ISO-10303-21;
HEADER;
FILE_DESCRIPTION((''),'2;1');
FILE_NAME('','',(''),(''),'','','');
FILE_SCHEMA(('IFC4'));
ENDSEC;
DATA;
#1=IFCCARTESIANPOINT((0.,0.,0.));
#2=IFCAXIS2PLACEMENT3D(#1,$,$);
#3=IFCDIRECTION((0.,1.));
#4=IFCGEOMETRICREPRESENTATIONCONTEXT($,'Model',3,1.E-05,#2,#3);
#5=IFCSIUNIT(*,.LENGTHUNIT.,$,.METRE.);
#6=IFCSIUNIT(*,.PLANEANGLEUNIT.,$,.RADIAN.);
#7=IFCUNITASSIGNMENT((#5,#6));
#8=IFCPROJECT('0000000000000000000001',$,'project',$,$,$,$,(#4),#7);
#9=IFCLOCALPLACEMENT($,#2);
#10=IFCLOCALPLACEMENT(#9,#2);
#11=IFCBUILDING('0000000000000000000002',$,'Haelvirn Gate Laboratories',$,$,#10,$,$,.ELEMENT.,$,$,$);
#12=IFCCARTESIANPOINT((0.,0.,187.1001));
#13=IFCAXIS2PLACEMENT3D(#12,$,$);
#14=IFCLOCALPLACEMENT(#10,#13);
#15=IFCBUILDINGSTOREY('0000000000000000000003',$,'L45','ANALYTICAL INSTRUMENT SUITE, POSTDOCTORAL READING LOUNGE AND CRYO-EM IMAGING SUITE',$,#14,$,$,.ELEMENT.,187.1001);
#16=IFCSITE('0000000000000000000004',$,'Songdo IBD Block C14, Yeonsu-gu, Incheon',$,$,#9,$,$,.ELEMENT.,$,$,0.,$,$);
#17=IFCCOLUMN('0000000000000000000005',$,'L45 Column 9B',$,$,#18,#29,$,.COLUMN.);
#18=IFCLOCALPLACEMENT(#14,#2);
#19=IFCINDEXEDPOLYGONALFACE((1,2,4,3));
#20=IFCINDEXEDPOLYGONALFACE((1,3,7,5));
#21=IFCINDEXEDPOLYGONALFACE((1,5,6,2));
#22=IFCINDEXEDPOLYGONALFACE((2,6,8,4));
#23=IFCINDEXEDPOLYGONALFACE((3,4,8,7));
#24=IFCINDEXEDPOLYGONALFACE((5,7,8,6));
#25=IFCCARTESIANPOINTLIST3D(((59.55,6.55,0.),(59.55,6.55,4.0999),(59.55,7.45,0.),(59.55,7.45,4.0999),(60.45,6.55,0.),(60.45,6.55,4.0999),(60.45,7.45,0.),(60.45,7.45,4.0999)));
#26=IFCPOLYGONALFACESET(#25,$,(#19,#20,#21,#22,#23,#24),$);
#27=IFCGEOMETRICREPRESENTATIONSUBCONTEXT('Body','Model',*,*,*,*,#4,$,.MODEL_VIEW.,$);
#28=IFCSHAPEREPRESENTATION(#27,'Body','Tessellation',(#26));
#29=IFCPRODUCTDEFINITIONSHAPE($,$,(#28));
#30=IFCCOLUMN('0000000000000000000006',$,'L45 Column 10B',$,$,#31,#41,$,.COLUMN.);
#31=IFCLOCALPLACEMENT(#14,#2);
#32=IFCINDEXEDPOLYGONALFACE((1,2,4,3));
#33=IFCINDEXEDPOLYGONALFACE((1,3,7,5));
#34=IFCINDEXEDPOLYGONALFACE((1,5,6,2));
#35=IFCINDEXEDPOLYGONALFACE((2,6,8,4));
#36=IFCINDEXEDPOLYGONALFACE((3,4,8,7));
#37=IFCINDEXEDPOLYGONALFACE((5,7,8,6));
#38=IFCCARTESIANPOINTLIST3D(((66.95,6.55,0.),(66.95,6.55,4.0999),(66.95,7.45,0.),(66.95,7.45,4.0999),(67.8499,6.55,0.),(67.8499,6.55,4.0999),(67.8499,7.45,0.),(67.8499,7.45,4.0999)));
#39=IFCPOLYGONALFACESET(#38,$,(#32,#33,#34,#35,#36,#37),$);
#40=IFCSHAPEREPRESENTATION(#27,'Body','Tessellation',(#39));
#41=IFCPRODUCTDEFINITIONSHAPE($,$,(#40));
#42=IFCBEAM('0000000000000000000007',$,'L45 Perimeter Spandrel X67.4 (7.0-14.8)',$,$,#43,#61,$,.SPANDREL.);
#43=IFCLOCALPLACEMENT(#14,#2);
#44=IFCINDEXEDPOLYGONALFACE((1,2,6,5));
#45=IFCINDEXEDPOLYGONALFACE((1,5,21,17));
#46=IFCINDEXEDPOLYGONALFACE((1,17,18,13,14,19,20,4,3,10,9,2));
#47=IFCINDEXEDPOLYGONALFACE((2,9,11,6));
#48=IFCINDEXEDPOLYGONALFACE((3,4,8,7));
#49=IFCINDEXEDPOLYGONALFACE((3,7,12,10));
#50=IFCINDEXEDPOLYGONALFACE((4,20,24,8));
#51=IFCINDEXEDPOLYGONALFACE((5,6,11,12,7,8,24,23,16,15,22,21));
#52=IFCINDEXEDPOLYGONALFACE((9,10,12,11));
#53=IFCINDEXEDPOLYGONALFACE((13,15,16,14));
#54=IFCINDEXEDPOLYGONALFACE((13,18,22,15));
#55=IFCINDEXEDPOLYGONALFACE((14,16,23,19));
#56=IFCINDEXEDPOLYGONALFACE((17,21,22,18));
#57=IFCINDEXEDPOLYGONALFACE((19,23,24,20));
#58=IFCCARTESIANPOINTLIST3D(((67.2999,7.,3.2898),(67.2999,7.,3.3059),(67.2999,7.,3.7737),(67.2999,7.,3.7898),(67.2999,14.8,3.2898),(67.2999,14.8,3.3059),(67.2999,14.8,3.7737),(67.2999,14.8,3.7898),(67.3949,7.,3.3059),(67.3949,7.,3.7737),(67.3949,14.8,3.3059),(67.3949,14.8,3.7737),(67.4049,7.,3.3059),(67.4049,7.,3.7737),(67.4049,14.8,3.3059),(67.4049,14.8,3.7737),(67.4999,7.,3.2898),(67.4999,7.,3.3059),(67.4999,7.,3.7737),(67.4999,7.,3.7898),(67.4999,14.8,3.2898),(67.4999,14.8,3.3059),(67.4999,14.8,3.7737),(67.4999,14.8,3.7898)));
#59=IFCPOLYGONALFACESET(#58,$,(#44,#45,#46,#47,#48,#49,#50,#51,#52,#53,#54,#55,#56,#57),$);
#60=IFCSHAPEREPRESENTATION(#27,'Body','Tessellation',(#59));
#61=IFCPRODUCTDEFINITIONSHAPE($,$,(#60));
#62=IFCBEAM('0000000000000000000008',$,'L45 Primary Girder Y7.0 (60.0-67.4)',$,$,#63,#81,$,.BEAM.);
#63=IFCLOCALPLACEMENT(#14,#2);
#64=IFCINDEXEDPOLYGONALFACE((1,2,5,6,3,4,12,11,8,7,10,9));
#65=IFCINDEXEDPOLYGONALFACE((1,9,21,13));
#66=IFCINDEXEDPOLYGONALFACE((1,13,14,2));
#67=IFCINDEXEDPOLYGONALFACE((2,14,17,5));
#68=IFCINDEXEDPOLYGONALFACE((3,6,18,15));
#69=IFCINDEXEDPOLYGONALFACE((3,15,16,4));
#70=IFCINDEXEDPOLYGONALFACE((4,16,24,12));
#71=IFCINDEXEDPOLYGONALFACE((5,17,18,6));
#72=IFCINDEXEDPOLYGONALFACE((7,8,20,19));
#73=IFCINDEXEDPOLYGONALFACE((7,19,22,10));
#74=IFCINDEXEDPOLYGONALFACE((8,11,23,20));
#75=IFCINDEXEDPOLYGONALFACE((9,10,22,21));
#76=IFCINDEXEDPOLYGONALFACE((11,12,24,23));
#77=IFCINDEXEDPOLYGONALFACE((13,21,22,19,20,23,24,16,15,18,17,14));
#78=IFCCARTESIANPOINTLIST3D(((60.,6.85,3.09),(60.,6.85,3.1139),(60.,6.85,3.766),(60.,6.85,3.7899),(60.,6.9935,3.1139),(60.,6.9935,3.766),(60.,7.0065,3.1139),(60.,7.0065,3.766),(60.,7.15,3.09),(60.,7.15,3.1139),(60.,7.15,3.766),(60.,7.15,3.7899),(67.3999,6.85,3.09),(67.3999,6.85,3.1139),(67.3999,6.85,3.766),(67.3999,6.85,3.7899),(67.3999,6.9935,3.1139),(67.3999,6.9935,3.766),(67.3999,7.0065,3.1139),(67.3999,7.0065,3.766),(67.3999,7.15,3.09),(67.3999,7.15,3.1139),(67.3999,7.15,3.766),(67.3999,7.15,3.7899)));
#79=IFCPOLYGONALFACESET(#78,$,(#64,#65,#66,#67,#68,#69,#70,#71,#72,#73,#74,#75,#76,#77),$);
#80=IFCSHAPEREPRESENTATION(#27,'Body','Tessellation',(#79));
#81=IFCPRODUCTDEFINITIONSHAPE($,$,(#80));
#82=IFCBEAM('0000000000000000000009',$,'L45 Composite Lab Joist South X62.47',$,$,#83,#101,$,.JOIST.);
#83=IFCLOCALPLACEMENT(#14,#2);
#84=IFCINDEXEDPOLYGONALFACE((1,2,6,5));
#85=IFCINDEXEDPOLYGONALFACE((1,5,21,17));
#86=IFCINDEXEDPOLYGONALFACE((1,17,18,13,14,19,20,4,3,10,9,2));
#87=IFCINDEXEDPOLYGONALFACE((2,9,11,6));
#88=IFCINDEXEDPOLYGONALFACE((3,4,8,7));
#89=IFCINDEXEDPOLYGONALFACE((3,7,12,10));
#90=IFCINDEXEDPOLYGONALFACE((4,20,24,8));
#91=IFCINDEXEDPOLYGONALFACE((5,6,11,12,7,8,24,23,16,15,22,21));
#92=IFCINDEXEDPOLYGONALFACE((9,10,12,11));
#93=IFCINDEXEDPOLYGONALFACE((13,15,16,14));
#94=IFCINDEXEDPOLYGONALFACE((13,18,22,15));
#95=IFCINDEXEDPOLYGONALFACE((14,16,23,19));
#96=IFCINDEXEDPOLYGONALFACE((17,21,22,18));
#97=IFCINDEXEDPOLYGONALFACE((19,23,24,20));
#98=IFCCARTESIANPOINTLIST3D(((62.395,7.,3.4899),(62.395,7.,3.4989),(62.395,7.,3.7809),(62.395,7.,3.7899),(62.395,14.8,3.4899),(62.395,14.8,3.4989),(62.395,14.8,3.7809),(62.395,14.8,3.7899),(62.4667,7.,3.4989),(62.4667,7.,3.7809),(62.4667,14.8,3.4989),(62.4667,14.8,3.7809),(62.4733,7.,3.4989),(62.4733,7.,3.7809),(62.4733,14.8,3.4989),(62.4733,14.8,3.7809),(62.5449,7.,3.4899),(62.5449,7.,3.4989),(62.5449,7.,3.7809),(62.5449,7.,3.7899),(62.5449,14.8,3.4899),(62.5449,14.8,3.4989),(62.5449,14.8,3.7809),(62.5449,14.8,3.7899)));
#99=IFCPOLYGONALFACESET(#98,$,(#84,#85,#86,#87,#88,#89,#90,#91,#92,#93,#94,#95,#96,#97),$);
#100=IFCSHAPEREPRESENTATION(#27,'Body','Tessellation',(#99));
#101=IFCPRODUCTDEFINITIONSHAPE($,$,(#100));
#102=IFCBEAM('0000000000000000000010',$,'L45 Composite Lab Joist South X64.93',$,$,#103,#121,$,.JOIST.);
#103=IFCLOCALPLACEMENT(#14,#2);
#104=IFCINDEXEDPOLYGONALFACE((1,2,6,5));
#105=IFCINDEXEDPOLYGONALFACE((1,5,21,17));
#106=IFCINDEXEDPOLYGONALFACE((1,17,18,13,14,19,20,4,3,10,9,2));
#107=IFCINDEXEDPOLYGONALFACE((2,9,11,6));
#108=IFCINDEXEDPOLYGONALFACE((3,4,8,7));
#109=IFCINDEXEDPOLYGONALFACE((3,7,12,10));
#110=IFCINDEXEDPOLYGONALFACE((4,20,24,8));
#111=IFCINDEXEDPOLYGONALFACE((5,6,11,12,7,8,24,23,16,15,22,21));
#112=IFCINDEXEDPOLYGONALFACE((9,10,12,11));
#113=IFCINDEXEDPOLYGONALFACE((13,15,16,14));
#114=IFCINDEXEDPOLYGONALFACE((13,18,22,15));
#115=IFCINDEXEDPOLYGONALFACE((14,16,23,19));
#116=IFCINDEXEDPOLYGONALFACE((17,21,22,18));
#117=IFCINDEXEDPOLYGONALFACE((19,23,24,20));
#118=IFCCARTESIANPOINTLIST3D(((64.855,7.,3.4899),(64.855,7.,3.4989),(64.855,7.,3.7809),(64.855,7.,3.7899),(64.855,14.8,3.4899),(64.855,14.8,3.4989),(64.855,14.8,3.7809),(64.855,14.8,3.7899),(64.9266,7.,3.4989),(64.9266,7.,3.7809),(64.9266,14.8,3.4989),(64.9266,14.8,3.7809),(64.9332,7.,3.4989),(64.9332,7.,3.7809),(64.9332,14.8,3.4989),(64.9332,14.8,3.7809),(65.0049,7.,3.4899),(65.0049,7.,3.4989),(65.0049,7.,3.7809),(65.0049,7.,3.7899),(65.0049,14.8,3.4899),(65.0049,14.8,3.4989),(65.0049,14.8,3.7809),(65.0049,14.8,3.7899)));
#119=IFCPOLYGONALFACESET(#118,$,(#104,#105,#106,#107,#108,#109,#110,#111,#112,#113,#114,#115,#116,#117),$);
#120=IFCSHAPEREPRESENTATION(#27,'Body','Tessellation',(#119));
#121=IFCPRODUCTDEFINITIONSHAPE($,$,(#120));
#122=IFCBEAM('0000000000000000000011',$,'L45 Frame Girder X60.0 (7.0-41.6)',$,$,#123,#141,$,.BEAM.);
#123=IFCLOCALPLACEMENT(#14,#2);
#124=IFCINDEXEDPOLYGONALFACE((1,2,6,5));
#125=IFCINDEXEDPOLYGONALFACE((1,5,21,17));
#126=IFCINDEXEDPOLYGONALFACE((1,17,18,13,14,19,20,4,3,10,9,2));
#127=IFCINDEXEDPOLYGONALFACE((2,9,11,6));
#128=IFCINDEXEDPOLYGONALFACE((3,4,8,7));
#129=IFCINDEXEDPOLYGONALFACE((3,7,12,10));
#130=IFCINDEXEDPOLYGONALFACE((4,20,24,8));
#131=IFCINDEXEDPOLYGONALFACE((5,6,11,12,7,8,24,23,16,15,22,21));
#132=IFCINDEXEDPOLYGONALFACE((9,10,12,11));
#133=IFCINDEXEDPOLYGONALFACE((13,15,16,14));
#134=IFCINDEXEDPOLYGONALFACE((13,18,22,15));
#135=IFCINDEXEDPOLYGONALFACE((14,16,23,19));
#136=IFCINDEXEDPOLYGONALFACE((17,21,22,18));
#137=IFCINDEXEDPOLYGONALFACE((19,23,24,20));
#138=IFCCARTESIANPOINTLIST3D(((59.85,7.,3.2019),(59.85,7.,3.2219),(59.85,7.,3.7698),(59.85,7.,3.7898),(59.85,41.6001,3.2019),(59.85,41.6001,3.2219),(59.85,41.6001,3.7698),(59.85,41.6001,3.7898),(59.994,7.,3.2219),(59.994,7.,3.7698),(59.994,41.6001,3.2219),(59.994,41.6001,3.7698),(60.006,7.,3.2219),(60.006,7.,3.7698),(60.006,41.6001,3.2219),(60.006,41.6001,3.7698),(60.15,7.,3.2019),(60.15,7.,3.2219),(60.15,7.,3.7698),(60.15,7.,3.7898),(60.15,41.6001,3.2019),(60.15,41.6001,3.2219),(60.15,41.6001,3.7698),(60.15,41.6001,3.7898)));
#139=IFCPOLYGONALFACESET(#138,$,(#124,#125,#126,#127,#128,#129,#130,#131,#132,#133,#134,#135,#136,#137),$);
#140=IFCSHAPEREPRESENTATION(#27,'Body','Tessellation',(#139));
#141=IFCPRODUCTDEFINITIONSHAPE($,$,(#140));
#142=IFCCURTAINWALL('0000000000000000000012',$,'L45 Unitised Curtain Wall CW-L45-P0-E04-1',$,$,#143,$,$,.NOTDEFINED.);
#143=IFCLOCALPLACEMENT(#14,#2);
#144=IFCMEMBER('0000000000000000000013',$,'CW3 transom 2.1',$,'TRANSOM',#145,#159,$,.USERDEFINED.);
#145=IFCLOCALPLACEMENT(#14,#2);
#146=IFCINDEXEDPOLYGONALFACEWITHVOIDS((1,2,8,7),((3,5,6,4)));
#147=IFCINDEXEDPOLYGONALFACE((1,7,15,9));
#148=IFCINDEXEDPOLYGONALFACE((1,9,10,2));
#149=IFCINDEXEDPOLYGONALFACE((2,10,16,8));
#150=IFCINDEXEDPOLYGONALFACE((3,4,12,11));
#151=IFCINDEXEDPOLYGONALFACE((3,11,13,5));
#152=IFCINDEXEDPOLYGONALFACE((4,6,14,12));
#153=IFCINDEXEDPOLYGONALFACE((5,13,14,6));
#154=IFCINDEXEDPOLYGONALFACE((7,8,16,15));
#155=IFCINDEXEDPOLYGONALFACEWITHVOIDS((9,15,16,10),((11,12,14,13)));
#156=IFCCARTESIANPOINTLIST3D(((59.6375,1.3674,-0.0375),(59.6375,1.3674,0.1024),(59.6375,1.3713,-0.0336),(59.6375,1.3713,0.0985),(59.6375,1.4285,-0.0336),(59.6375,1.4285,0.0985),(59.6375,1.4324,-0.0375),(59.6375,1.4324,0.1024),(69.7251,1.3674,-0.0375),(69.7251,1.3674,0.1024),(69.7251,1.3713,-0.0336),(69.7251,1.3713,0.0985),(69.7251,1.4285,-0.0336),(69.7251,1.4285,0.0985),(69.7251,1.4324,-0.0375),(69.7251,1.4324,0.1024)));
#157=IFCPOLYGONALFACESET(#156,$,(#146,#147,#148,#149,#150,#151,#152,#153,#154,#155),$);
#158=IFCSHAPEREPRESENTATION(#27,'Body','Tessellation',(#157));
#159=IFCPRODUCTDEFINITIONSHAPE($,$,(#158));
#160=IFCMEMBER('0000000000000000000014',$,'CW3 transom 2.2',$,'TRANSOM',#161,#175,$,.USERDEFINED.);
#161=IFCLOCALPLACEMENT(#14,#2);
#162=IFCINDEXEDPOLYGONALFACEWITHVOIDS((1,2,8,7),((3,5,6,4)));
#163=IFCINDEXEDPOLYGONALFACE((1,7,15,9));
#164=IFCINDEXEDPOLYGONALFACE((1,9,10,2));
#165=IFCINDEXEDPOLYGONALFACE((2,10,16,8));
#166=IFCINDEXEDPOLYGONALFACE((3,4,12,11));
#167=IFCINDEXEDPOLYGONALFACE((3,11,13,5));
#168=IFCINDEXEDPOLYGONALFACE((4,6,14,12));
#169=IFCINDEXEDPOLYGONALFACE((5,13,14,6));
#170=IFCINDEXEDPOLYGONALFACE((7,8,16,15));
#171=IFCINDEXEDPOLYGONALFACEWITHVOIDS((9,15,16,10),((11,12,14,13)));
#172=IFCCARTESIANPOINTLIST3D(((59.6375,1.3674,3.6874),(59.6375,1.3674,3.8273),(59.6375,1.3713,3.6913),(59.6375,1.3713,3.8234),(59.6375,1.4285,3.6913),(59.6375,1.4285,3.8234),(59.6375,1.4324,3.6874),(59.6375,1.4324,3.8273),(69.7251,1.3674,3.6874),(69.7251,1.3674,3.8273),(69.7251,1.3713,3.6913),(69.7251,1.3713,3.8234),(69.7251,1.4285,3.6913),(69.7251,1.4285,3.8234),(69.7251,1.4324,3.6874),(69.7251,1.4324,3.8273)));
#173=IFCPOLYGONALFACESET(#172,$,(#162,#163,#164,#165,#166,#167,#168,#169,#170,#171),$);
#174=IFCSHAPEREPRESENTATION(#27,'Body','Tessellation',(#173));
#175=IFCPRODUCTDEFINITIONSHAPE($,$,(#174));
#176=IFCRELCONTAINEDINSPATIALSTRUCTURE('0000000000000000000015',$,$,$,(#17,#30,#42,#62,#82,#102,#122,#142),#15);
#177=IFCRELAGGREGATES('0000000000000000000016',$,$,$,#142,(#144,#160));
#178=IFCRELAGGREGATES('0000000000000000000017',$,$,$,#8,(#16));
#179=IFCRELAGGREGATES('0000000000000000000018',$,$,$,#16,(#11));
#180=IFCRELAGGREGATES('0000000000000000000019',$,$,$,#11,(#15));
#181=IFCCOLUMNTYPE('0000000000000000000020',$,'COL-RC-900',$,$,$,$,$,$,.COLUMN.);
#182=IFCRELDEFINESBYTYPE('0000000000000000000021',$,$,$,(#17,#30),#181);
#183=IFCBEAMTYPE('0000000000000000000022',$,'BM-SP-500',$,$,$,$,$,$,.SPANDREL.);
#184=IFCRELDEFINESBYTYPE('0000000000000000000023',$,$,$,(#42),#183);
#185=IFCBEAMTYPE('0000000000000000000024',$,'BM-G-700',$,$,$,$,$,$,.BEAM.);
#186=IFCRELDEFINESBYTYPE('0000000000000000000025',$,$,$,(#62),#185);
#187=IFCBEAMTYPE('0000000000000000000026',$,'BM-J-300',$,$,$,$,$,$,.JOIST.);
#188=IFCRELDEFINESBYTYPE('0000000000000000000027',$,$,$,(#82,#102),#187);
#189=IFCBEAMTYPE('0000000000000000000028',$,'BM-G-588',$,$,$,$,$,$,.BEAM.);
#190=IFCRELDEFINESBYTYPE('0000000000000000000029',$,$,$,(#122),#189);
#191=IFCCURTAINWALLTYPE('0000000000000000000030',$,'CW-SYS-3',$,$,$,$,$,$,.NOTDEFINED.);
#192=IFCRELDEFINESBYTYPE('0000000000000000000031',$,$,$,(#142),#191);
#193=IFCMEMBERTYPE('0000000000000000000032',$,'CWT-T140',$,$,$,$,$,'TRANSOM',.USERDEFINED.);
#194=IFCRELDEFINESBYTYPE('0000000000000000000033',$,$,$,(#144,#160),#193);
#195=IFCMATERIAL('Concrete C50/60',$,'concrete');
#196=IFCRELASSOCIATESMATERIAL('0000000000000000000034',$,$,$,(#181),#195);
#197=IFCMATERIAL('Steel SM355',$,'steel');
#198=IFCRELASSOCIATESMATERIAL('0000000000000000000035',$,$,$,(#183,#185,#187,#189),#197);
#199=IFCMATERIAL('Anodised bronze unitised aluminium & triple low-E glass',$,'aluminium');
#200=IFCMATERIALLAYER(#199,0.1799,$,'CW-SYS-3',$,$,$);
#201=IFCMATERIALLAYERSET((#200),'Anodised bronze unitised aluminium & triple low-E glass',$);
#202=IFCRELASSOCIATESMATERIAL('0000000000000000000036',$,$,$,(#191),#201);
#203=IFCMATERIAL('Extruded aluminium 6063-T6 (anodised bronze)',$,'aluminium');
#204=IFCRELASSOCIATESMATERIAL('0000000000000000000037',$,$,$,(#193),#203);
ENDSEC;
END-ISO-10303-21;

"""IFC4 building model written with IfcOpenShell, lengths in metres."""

from ifc_helpers import new_model, si_unit, direction, frame, origin, origin_2d, place, context, subcontext, project, spatial, rectangle, hollow_rectangle, i_section, extrude, source, transform, mapped, material, layer, layer_set, material_profile, profile_set, type_object, type_shapes, element, aggregate, save


model = new_model("IFC4")

# Units and contexts
model_context = context("Model", 3, precision=1e-05, world=origin(), true_north=direction((0.0, 1.0)))
body_context = subcontext(model_context, "Body", "Model", "MODEL_VIEW")
ifc_project = project(units=[si_unit("LENGTHUNIT", "METRE"), si_unit("PLANEANGLEUNIT", "RADIAN")], contexts=[model_context])

# Site, building, storey
site_placement = place(None, origin())
site = spatial("IfcSite", under=ifc_project, at=site_placement, Name="Songdo IBD Block C14, Yeonsu-gu, Incheon", CompositionType="ELEMENT", RefElevation=0.0)
building_placement = place(site_placement, origin())
building = spatial("IfcBuilding", under=site, at=building_placement, Name="Haelvirn Gate Laboratories", CompositionType="ELEMENT")
storey_placement = place(building_placement, frame((0.0, 0.0, 187.1001)))
storey = spatial("IfcBuildingStorey", under=building, at=storey_placement, Name="L45", Description="ANALYTICAL INSTRUMENT SUITE, POSTDOCTORAL READING LOUNGE AND CRYO-EM IMAGING SUITE", CompositionType="ELEMENT", Elevation=187.1001)

# Columns
ifc_material_1 = material(Name="Concrete C50/60", Category="concrete")
ifc_material_profile_1 = material_profile(ifc_material_1, rectangle(XDim=0.8999, YDim=0.8999, at=origin_2d()), Name="RC-900x900")
ifc_profile_set_1 = profile_set([ifc_material_profile_1], Name="Concrete C50/60")
column_type = type_object("IfcColumnType", Name="COL-RC-900", PredefinedType="COLUMN", material=ifc_profile_set_1)
shared_shape_1 = source(origin(), body_context, "Body", "SweptSolid", [
    extrude(rectangle(XDim=0.8999, YDim=0.8999, at=origin_2d()), origin(), (0.0, 0.0, 1.0), 4.0999),
])
type_shapes(column_type, [shared_shape_1])
for number, where, z_axis, x_axis, name in (
    (1, (60.0, 7.0, 0.0), (0.0, 0.0, 1.0), (1.0, 0.0, 0.0), "L45 Column 9B"),
    (2, (67.3999, 7.0, 0.0), (0.0, 0.0, 1.0), (1.0, 0.0, 0.0), "L45 Column 10B"),
):
    element("IfcColumn", number, at=place(storey_placement, frame(where, z_axis=z_axis, x_axis=x_axis)), inside=storey, type_object=column_type, Name=name, PredefinedType="COLUMN", context=body_context, shape_type="MappedRepresentation", body=[
        mapped(shared_shape_1, transform((0.0, 0.0, 0.0), scale=1.0)),
    ])

# Beams
ifc_material_2 = material(Name="Steel SM355", Category="steel")
ifc_material_profile_2 = material_profile(ifc_material_2, i_section(OverallWidth=0.2, OverallDepth=0.5, WebThickness=0.01, FlangeThickness=0.0161, at=origin_2d()), Name="H-500x200x10x16")
ifc_profile_set_2 = profile_set([ifc_material_profile_2], Name="Steel SM355")
beam_type_1 = type_object("IfcBeamType", Name="BM-SP-500", PredefinedType="SPANDREL", material=ifc_profile_set_2)
shared_shape_2 = source(origin(), body_context, "Body", "SweptSolid", [
    extrude(i_section(OverallWidth=0.2, OverallDepth=0.5, WebThickness=0.01, FlangeThickness=0.0161, at=origin_2d()), origin(), (0.0, 0.0, 1.0), 7.8),
])
type_shapes(beam_type_1, [shared_shape_2])
beam_1_placement = place(storey_placement, frame((67.3999, 7.0, 3.5398), z_axis=(0.0, 1.0, 0.0), x_axis=(-1.0, 0.0, 0.0)))
element("IfcBeam", 3, at=beam_1_placement, inside=storey, type_object=beam_type_1, Name="L45 Perimeter Spandrel X67.4 (7.0-14.8)", PredefinedType="SPANDREL", context=body_context, shape_type="MappedRepresentation", body=[
    mapped(shared_shape_2, transform((0.0, 0.0, 0.0), scale=1.0)),
])
ifc_material_profile_3 = material_profile(ifc_material_2, i_section(OverallWidth=0.3, OverallDepth=0.7, WebThickness=0.0129, FlangeThickness=0.0239, at=origin_2d()), Name="H-700x300x13x24")
ifc_profile_set_3 = profile_set([ifc_material_profile_3], Name="Steel SM355")
beam_type_2 = type_object("IfcBeamType", Name="BM-G-700", PredefinedType="BEAM", material=ifc_profile_set_3)
shared_shape_3 = source(origin(), body_context, "Body", "SweptSolid", [
    extrude(i_section(OverallWidth=0.3, OverallDepth=0.7, WebThickness=0.0129, FlangeThickness=0.0239, at=origin_2d()), origin(), (0.0, 0.0, 1.0), 7.3999),
])
type_shapes(beam_type_2, [shared_shape_3])
beam_2_placement = place(storey_placement, frame((60.0, 7.0, 3.4399), z_axis=(1.0, 0.0, 0.0), x_axis=(0.0, 1.0, 0.0)))
element("IfcBeam", 4, at=beam_2_placement, inside=storey, type_object=beam_type_2, Name="L45 Primary Girder Y7.0 (60.0-67.4)", PredefinedType="BEAM", context=body_context, shape_type="MappedRepresentation", body=[
    mapped(shared_shape_3, transform((0.0, 0.0, 0.0), scale=1.0)),
])
ifc_material_profile_4 = material_profile(ifc_material_2, i_section(OverallWidth=0.1499, OverallDepth=0.3, WebThickness=0.0066, FlangeThickness=0.009, at=origin_2d()), Name="H-300x150x6.5x9")
ifc_profile_set_4 = profile_set([ifc_material_profile_4], Name="Steel SM355")
beam_type_3 = type_object("IfcBeamType", Name="BM-J-300", PredefinedType="JOIST", material=ifc_profile_set_4)
shared_shape_4 = source(origin(), body_context, "Body", "SweptSolid", [
    extrude(i_section(OverallWidth=0.1499, OverallDepth=0.3, WebThickness=0.0066, FlangeThickness=0.009, at=origin_2d()), origin(), (0.0, 0.0, 1.0), 7.8),
])
type_shapes(beam_type_3, [shared_shape_4])
for number, where, z_axis, x_axis, name in (
    (5, (62.47, 7.0, 3.6399), (0.0, 1.0, 0.0), (-1.0, 0.0, 0.0), "L45 Composite Lab Joist South X62.47"),
    (6, (64.9299, 7.0, 3.6399), (0.0, 1.0, 0.0), (-1.0, 0.0, 0.0), "L45 Composite Lab Joist South X64.93"),
):
    element("IfcBeam", number, at=place(storey_placement, frame(where, z_axis=z_axis, x_axis=x_axis)), inside=storey, type_object=beam_type_3, Name=name, PredefinedType="JOIST", context=body_context, shape_type="MappedRepresentation", body=[
        mapped(shared_shape_4, transform((0.0, 0.0, 0.0), scale=1.0)),
    ])
ifc_material_profile_5 = material_profile(ifc_material_2, i_section(OverallWidth=0.3, OverallDepth=0.5879, WebThickness=0.012, FlangeThickness=0.02, at=origin_2d()), Name="H-588x300x12x20")
ifc_profile_set_5 = profile_set([ifc_material_profile_5], Name="Steel SM355")
beam_type_4 = type_object("IfcBeamType", Name="BM-G-588", PredefinedType="BEAM", material=ifc_profile_set_5)
shared_shape_5 = source(origin(), body_context, "Body", "SweptSolid", [
    extrude(i_section(OverallWidth=0.3, OverallDepth=0.5879, WebThickness=0.012, FlangeThickness=0.02, at=origin_2d()), origin(), (0.0, 0.0, 1.0), 34.6001),
])
type_shapes(beam_type_4, [shared_shape_5])
beam_3_placement = place(storey_placement, frame((60.0, 7.0, 3.4958), z_axis=(0.0, 1.0, 0.0), x_axis=(-1.0, 0.0, 0.0)))
element("IfcBeam", 7, at=beam_3_placement, inside=storey, type_object=beam_type_4, Name="L45 Frame Girder X60.0 (7.0-41.6)", PredefinedType="BEAM", context=body_context, shape_type="MappedRepresentation", body=[
    mapped(shared_shape_5, transform((0.0, 0.0, 0.0), scale=1.0)),
])

# Curtain wall, members
ifc_material_3 = material(Name="Anodised bronze unitised aluminium & triple low-E glass", Category="aluminium")
ifc_layer_1 = layer(ifc_material_3, 0.1799, Name="CW-SYS-3")
ifc_layer_set_1 = layer_set([ifc_layer_1], Name="Anodised bronze unitised aluminium & triple low-E glass")
curtain_wall_type_1 = type_object("IfcCurtainWallType", Name="CW-SYS-3", PredefinedType="NOTDEFINED", material=ifc_layer_set_1)
curtain_wall_1_placement = place(storey_placement, origin())
curtain_wall_1 = element("IfcCurtainWall", 8, at=curtain_wall_1_placement, inside=storey, type_object=curtain_wall_type_1, Name="L45 Unitised Curtain Wall CW-L45-P0-E04-1", PredefinedType="NOTDEFINED")
ifc_material_4 = material(Name="Extruded aluminium 6063-T6 (anodised bronze)", Category="aluminium")
ifc_material_profile_6 = material_profile(ifc_material_4, hollow_rectangle(XDim=0.0649, YDim=0.1399, WallThickness=0.0039, at=origin_2d()), Name="CWT-140x65x4")
ifc_profile_set_6 = profile_set([ifc_material_profile_6], Name="Extruded aluminium 6063-T6 (anodised bronze)")
member_type_1 = type_object("IfcMemberType", Name="CWT-T140", ElementType="TRANSOM", PredefinedType="USERDEFINED", material=ifc_profile_set_6)
shared_shape_6 = source(origin(), body_context, "Body", "SweptSolid", [
    extrude(hollow_rectangle(XDim=0.0649, YDim=0.1399, WallThickness=0.0039, at=origin_2d()), origin(), (0.0, 0.0, 1.0), 10.0876),
])
member_1_placement = place(storey_placement, frame((59.6375, 1.3999, 0.0325), z_axis=(1.0, 0.0, 0.0), x_axis=(0.0, 1.0, 0.0)))
member_1 = element("IfcMember", 9, at=member_1_placement, type_object=member_type_1, Name="CW3 transom 2.1", ObjectType="TRANSOM", PredefinedType="USERDEFINED", context=body_context, shape_type="MappedRepresentation", body=[
    mapped(shared_shape_6, transform((0.0, 0.0, 0.0), scale=1.0)),
])
member_2_placement = place(storey_placement, frame((59.6375, 1.3999, 3.7573), z_axis=(1.0, 0.0, 0.0), x_axis=(0.0, 1.0, 0.0)))
member_2 = element("IfcMember", 10, at=member_2_placement, type_object=member_type_1, Name="CW3 transom 2.2", ObjectType="TRANSOM", PredefinedType="USERDEFINED", context=body_context, shape_type="MappedRepresentation", body=[
    mapped(shared_shape_6, transform((0.0, 0.0, 0.0), scale=1.0)),
])

aggregate(curtain_wall_1, [member_1, member_2])

save(model, "model.ifc")
